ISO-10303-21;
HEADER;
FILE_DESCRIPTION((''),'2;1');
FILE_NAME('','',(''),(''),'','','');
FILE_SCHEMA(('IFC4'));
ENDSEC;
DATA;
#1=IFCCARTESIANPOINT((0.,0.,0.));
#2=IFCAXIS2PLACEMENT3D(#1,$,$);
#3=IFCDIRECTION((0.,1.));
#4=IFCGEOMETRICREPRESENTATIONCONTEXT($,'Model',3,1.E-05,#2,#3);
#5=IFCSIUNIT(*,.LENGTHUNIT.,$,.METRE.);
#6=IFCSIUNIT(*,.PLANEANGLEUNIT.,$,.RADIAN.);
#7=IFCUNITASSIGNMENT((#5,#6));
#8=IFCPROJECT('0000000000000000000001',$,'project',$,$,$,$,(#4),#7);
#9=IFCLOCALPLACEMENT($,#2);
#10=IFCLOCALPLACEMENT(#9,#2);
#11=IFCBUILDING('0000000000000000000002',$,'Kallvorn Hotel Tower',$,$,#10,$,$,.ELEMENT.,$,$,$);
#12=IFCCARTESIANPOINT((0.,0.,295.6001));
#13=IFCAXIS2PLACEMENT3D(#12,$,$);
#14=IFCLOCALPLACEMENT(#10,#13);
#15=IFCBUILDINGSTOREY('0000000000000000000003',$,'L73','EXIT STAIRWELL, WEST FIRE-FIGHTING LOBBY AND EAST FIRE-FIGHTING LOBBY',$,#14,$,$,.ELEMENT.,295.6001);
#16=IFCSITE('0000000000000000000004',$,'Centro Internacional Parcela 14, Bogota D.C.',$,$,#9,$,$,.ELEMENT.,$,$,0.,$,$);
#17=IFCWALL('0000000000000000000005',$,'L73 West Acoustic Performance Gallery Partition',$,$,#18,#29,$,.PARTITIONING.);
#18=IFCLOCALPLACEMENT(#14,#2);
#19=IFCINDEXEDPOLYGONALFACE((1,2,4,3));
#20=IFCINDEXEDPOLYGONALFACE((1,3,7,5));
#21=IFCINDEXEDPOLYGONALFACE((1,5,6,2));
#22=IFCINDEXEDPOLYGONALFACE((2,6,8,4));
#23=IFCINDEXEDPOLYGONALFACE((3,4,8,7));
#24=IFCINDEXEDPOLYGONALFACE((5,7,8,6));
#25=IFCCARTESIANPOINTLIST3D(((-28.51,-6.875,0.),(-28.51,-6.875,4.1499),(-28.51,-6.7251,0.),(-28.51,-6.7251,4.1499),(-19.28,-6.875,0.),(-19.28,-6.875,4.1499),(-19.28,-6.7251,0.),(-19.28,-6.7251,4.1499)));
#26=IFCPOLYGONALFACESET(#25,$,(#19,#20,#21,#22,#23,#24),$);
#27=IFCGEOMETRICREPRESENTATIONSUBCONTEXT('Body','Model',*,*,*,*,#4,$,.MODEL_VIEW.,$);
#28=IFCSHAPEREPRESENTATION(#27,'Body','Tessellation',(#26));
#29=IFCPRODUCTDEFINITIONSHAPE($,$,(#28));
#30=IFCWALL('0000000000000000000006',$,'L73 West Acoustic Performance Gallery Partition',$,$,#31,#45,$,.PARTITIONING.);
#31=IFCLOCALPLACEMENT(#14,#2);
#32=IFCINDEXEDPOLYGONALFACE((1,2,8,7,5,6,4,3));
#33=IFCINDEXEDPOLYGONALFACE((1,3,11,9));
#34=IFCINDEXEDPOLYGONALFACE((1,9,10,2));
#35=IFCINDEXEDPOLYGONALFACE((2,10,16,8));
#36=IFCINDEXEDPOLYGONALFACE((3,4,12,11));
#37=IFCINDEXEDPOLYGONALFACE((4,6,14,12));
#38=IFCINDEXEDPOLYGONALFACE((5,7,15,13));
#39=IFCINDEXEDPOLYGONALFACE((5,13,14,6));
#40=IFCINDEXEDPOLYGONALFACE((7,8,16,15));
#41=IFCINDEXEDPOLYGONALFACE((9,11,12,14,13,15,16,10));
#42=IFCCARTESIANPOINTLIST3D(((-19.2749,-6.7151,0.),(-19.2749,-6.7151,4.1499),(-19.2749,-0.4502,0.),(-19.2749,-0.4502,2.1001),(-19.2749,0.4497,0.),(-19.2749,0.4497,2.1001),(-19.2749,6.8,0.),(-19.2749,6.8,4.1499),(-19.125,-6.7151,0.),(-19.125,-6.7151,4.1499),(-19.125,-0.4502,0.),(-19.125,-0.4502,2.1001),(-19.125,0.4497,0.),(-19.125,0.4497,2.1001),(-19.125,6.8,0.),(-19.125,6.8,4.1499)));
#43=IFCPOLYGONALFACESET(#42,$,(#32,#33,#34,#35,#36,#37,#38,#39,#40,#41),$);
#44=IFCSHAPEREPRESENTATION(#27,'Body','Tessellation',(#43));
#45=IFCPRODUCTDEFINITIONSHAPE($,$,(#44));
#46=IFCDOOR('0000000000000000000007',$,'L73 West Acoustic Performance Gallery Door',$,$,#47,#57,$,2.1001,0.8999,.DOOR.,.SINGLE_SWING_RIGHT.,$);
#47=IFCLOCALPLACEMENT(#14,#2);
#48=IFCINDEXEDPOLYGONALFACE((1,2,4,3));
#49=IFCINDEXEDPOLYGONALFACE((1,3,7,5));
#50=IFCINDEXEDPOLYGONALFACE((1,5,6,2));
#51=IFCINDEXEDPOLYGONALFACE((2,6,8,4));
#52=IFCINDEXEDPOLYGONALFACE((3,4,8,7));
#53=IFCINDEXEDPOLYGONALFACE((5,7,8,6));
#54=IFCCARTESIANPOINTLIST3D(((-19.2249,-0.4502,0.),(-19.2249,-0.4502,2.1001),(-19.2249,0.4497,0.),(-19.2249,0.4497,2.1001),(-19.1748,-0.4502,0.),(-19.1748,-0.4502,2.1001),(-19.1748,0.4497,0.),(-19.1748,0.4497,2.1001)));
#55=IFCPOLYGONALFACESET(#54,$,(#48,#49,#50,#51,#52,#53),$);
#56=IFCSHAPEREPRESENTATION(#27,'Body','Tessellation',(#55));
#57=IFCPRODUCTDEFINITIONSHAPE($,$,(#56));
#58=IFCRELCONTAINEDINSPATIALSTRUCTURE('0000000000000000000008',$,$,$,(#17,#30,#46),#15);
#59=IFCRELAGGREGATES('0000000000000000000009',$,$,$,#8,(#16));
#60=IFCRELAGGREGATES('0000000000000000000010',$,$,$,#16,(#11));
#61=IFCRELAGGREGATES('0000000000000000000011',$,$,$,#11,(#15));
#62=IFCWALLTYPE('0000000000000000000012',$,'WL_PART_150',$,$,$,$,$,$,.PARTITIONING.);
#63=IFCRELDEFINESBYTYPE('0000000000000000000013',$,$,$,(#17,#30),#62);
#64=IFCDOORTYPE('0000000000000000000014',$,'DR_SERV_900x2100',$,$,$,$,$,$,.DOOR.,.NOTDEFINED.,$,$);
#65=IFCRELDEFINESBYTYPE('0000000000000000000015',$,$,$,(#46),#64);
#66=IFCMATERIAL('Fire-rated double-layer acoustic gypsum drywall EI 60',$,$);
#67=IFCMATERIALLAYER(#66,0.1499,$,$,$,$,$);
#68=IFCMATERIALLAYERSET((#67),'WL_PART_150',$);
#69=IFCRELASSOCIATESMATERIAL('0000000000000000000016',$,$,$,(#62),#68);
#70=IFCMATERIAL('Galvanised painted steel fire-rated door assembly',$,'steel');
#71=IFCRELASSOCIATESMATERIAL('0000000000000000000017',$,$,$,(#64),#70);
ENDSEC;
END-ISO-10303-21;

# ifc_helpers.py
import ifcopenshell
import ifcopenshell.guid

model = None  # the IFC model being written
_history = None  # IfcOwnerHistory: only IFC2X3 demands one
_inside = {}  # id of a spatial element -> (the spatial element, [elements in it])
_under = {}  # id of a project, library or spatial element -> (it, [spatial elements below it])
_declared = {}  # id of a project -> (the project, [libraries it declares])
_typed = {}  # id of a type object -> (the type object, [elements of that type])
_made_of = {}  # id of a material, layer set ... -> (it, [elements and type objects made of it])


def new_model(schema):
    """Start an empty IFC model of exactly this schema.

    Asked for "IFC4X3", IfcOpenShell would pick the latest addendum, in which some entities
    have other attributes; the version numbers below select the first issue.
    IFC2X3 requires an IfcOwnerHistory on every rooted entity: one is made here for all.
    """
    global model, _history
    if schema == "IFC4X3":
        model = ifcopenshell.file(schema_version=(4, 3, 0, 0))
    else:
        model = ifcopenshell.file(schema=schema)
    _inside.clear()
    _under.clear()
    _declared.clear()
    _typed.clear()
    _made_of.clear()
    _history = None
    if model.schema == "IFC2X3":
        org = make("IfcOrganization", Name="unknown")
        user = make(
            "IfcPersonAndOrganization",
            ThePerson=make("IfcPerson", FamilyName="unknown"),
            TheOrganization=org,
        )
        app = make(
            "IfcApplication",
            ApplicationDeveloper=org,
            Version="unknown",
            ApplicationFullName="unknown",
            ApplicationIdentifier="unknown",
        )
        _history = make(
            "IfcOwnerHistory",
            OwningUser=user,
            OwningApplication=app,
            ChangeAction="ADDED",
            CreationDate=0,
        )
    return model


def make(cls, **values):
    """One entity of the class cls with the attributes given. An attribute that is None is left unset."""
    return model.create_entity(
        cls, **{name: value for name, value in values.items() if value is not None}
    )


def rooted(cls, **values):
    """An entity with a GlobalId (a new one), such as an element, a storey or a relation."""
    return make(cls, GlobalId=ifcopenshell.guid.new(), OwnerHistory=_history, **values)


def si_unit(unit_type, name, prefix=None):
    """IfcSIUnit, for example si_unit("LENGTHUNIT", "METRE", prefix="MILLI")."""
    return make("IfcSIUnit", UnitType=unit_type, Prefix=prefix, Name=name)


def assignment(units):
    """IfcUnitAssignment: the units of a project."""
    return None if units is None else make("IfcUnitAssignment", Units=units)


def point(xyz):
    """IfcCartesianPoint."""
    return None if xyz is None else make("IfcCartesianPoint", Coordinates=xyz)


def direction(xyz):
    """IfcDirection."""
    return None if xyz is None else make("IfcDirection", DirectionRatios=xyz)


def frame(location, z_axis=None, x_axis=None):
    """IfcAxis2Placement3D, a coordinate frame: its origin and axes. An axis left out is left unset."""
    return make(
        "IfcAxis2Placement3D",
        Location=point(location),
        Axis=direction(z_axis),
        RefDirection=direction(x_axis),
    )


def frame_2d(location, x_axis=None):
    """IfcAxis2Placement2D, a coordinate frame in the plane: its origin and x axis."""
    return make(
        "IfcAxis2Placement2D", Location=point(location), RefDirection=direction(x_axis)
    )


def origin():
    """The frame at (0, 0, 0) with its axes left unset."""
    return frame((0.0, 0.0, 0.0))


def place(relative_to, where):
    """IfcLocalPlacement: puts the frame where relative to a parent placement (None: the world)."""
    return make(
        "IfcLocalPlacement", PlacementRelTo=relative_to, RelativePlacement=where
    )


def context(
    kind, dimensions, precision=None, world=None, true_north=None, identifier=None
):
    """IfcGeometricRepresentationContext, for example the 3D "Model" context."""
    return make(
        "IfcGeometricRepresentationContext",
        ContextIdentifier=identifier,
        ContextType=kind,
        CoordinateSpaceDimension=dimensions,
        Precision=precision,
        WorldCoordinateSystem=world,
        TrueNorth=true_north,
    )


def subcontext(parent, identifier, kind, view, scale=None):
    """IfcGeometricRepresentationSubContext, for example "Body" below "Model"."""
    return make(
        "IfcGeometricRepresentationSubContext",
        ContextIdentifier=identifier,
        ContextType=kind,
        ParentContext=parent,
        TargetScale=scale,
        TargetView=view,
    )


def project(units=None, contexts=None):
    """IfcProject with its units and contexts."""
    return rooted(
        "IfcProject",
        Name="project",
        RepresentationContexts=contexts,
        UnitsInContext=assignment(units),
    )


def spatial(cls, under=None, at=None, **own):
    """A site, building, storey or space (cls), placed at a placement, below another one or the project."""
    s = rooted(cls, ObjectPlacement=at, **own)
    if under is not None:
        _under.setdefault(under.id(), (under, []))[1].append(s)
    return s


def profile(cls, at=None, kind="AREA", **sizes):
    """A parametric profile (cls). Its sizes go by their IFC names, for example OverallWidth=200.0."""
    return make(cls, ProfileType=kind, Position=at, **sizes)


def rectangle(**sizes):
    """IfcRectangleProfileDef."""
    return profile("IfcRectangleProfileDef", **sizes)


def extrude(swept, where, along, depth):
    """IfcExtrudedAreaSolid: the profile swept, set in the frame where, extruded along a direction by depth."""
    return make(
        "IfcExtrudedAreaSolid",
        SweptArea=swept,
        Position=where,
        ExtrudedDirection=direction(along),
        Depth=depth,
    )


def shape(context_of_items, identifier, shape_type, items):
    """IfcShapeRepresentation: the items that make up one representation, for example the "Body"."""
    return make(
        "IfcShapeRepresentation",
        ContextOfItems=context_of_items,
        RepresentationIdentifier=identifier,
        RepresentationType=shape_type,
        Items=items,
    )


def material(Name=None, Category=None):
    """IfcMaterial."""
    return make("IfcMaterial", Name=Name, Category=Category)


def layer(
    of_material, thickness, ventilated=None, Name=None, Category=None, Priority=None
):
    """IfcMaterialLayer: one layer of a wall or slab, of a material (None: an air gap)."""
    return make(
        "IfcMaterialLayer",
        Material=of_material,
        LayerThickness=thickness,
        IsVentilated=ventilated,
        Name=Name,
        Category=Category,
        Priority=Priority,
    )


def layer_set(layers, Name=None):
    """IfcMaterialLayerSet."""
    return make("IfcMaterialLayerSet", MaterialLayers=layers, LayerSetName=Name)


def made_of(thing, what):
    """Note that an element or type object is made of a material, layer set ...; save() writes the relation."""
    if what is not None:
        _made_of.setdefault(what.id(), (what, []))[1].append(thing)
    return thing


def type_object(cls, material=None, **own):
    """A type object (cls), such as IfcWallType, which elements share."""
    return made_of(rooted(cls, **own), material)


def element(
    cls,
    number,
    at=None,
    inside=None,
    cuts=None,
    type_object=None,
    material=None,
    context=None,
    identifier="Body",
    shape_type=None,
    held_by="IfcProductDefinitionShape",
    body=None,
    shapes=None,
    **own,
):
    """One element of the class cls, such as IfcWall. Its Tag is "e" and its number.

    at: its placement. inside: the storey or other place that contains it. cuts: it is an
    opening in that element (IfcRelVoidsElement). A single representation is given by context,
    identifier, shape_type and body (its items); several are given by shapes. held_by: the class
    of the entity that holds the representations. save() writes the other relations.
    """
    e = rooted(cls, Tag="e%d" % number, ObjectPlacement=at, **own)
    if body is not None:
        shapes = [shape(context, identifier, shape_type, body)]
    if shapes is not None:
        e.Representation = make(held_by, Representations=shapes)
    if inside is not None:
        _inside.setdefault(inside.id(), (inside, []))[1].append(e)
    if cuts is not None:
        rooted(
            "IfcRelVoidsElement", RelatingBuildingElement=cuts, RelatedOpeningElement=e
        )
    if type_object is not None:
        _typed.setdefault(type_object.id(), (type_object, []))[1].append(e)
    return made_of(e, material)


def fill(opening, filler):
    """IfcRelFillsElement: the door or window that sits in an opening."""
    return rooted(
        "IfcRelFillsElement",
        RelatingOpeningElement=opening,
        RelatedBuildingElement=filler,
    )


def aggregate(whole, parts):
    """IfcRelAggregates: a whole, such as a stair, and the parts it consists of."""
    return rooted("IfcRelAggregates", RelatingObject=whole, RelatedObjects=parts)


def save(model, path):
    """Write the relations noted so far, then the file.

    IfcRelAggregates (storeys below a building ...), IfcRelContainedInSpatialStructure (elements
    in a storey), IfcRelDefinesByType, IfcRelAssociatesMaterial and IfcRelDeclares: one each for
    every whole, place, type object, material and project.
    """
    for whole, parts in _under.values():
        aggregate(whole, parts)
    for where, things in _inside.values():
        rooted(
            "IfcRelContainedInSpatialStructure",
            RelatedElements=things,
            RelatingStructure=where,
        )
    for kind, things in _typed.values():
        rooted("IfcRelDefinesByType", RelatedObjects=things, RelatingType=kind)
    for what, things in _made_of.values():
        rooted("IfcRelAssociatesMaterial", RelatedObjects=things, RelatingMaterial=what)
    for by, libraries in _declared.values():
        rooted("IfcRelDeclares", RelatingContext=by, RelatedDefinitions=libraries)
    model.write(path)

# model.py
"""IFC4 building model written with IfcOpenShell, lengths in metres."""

from ifc_helpers import new_model, si_unit, direction, frame, frame_2d, origin, place, context, subcontext, project, spatial, rectangle, extrude, material, layer, layer_set, type_object, element, fill, save


model = new_model("IFC4")

# Units and contexts
model_context = context("Model", 3, precision=1e-05, world=origin(), true_north=direction((0.0, 1.0)))
body_context = subcontext(model_context, "Body", "Model", "MODEL_VIEW")
ifc_project = project(units=[si_unit("LENGTHUNIT", "METRE"), si_unit("PLANEANGLEUNIT", "RADIAN")], contexts=[model_context])

# Site, building, storey
site_placement = place(None, origin())
site = spatial("IfcSite", under=ifc_project, at=site_placement, Name="Centro Internacional Parcela 14, Bogota D.C.", CompositionType="ELEMENT", RefElevation=0.0)
building_placement = place(site_placement, origin())
building = spatial("IfcBuilding", under=site, at=building_placement, Name="Kallvorn Hotel Tower", CompositionType="ELEMENT")
storey_placement = place(building_placement, frame((0.0, 0.0, 295.6001)))
storey = spatial("IfcBuildingStorey", under=building, at=storey_placement, Name="L73", Description="EXIT STAIRWELL, WEST FIRE-FIGHTING LOBBY AND EAST FIRE-FIGHTING LOBBY", CompositionType="ELEMENT", Elevation=295.6001)

# Shared definitions
ifc_material_1 = material(Name="Fire-rated double-layer acoustic gypsum drywall EI 60")
ifc_layer = layer(ifc_material_1, 0.1499)
ifc_layer_set = layer_set([ifc_layer], Name="WL_PART_150")
wall_type = type_object("IfcWallType", Name="WL_PART_150", PredefinedType="PARTITIONING", material=ifc_layer_set)
ifc_material_2 = material(Name="Galvanised painted steel fire-rated door assembly", Category="steel")
door_type = type_object("IfcDoorType", Name="DR_SERV_900x2100", OperationType="NOTDEFINED", PredefinedType="DOOR", material=ifc_material_2)

# Wall
wall_1_placement = place(storey_placement, frame((-28.51, -6.8, 0.0), z_axis=(0.0, 0.0, 1.0), x_axis=(1.0, 0.0, 0.0)))
element("IfcWall", 1, at=wall_1_placement, inside=storey, type_object=wall_type, Name="L73 West Acoustic Performance Gallery Partition", PredefinedType="PARTITIONING", context=body_context, shape_type="SweptSolid", body=[
    extrude(rectangle(XDim=9.23, YDim=0.1499, at=frame_2d((4.615, 0.0))), origin(), (0.0, 0.0, 1.0), 4.1499),
])

# Wall, opening, door
wall_2_placement = place(storey_placement, frame((-19.2, -6.7151, 0.0), z_axis=(0.0, 0.0, 1.0), x_axis=(0.0, 1.0, 0.0)))
wall_2 = element("IfcWall", 2, at=wall_2_placement, inside=storey, type_object=wall_type, Name="L73 West Acoustic Performance Gallery Partition", PredefinedType="PARTITIONING", context=body_context, shape_type="SweptSolid", body=[
    extrude(rectangle(XDim=13.5151, YDim=0.1499, at=frame_2d((6.7576, 0.0))), origin(), (0.0, 0.0, 1.0), 4.1499),
])
opening_1_placement = place(wall_2_placement, frame((6.2649, 0.0, 0.0)))
opening_1 = element("IfcOpeningElement", 3, at=opening_1_placement, cuts=wall_2, PredefinedType="OPENING", context=body_context, shape_type="SweptSolid", body=[
    extrude(rectangle(XDim=0.8999, YDim=2.1001, at=frame_2d((0.45, 1.05))), frame((0.0, 0.0898, 0.0), z_axis=(0.0, -1.0, 0.0), x_axis=(1.0, 0.0, 0.0)), (0.0, 0.0, 1.0), 0.1799),
])
door_1_placement = place(opening_1_placement, origin())
door_1 = element("IfcDoor", 4, at=door_1_placement, inside=storey, type_object=door_type, Name="L73 West Acoustic Performance Gallery Door", OperationType="SINGLE_SWING_RIGHT", OverallHeight=2.1001, OverallWidth=0.8999, PredefinedType="DOOR", context=body_context, shape_type="SweptSolid", body=[
    extrude(rectangle(XDim=0.8999, YDim=2.1001, at=frame_2d((0.45, 1.05))), frame((0.0, 0.0249, 0.0), z_axis=(0.0, -1.0, 0.0), x_axis=(1.0, 0.0, 0.0)), (0.0, 0.0, 1.0), 0.05),
])
fill(opening_1, door_1)

save(model, "model.ifc")
